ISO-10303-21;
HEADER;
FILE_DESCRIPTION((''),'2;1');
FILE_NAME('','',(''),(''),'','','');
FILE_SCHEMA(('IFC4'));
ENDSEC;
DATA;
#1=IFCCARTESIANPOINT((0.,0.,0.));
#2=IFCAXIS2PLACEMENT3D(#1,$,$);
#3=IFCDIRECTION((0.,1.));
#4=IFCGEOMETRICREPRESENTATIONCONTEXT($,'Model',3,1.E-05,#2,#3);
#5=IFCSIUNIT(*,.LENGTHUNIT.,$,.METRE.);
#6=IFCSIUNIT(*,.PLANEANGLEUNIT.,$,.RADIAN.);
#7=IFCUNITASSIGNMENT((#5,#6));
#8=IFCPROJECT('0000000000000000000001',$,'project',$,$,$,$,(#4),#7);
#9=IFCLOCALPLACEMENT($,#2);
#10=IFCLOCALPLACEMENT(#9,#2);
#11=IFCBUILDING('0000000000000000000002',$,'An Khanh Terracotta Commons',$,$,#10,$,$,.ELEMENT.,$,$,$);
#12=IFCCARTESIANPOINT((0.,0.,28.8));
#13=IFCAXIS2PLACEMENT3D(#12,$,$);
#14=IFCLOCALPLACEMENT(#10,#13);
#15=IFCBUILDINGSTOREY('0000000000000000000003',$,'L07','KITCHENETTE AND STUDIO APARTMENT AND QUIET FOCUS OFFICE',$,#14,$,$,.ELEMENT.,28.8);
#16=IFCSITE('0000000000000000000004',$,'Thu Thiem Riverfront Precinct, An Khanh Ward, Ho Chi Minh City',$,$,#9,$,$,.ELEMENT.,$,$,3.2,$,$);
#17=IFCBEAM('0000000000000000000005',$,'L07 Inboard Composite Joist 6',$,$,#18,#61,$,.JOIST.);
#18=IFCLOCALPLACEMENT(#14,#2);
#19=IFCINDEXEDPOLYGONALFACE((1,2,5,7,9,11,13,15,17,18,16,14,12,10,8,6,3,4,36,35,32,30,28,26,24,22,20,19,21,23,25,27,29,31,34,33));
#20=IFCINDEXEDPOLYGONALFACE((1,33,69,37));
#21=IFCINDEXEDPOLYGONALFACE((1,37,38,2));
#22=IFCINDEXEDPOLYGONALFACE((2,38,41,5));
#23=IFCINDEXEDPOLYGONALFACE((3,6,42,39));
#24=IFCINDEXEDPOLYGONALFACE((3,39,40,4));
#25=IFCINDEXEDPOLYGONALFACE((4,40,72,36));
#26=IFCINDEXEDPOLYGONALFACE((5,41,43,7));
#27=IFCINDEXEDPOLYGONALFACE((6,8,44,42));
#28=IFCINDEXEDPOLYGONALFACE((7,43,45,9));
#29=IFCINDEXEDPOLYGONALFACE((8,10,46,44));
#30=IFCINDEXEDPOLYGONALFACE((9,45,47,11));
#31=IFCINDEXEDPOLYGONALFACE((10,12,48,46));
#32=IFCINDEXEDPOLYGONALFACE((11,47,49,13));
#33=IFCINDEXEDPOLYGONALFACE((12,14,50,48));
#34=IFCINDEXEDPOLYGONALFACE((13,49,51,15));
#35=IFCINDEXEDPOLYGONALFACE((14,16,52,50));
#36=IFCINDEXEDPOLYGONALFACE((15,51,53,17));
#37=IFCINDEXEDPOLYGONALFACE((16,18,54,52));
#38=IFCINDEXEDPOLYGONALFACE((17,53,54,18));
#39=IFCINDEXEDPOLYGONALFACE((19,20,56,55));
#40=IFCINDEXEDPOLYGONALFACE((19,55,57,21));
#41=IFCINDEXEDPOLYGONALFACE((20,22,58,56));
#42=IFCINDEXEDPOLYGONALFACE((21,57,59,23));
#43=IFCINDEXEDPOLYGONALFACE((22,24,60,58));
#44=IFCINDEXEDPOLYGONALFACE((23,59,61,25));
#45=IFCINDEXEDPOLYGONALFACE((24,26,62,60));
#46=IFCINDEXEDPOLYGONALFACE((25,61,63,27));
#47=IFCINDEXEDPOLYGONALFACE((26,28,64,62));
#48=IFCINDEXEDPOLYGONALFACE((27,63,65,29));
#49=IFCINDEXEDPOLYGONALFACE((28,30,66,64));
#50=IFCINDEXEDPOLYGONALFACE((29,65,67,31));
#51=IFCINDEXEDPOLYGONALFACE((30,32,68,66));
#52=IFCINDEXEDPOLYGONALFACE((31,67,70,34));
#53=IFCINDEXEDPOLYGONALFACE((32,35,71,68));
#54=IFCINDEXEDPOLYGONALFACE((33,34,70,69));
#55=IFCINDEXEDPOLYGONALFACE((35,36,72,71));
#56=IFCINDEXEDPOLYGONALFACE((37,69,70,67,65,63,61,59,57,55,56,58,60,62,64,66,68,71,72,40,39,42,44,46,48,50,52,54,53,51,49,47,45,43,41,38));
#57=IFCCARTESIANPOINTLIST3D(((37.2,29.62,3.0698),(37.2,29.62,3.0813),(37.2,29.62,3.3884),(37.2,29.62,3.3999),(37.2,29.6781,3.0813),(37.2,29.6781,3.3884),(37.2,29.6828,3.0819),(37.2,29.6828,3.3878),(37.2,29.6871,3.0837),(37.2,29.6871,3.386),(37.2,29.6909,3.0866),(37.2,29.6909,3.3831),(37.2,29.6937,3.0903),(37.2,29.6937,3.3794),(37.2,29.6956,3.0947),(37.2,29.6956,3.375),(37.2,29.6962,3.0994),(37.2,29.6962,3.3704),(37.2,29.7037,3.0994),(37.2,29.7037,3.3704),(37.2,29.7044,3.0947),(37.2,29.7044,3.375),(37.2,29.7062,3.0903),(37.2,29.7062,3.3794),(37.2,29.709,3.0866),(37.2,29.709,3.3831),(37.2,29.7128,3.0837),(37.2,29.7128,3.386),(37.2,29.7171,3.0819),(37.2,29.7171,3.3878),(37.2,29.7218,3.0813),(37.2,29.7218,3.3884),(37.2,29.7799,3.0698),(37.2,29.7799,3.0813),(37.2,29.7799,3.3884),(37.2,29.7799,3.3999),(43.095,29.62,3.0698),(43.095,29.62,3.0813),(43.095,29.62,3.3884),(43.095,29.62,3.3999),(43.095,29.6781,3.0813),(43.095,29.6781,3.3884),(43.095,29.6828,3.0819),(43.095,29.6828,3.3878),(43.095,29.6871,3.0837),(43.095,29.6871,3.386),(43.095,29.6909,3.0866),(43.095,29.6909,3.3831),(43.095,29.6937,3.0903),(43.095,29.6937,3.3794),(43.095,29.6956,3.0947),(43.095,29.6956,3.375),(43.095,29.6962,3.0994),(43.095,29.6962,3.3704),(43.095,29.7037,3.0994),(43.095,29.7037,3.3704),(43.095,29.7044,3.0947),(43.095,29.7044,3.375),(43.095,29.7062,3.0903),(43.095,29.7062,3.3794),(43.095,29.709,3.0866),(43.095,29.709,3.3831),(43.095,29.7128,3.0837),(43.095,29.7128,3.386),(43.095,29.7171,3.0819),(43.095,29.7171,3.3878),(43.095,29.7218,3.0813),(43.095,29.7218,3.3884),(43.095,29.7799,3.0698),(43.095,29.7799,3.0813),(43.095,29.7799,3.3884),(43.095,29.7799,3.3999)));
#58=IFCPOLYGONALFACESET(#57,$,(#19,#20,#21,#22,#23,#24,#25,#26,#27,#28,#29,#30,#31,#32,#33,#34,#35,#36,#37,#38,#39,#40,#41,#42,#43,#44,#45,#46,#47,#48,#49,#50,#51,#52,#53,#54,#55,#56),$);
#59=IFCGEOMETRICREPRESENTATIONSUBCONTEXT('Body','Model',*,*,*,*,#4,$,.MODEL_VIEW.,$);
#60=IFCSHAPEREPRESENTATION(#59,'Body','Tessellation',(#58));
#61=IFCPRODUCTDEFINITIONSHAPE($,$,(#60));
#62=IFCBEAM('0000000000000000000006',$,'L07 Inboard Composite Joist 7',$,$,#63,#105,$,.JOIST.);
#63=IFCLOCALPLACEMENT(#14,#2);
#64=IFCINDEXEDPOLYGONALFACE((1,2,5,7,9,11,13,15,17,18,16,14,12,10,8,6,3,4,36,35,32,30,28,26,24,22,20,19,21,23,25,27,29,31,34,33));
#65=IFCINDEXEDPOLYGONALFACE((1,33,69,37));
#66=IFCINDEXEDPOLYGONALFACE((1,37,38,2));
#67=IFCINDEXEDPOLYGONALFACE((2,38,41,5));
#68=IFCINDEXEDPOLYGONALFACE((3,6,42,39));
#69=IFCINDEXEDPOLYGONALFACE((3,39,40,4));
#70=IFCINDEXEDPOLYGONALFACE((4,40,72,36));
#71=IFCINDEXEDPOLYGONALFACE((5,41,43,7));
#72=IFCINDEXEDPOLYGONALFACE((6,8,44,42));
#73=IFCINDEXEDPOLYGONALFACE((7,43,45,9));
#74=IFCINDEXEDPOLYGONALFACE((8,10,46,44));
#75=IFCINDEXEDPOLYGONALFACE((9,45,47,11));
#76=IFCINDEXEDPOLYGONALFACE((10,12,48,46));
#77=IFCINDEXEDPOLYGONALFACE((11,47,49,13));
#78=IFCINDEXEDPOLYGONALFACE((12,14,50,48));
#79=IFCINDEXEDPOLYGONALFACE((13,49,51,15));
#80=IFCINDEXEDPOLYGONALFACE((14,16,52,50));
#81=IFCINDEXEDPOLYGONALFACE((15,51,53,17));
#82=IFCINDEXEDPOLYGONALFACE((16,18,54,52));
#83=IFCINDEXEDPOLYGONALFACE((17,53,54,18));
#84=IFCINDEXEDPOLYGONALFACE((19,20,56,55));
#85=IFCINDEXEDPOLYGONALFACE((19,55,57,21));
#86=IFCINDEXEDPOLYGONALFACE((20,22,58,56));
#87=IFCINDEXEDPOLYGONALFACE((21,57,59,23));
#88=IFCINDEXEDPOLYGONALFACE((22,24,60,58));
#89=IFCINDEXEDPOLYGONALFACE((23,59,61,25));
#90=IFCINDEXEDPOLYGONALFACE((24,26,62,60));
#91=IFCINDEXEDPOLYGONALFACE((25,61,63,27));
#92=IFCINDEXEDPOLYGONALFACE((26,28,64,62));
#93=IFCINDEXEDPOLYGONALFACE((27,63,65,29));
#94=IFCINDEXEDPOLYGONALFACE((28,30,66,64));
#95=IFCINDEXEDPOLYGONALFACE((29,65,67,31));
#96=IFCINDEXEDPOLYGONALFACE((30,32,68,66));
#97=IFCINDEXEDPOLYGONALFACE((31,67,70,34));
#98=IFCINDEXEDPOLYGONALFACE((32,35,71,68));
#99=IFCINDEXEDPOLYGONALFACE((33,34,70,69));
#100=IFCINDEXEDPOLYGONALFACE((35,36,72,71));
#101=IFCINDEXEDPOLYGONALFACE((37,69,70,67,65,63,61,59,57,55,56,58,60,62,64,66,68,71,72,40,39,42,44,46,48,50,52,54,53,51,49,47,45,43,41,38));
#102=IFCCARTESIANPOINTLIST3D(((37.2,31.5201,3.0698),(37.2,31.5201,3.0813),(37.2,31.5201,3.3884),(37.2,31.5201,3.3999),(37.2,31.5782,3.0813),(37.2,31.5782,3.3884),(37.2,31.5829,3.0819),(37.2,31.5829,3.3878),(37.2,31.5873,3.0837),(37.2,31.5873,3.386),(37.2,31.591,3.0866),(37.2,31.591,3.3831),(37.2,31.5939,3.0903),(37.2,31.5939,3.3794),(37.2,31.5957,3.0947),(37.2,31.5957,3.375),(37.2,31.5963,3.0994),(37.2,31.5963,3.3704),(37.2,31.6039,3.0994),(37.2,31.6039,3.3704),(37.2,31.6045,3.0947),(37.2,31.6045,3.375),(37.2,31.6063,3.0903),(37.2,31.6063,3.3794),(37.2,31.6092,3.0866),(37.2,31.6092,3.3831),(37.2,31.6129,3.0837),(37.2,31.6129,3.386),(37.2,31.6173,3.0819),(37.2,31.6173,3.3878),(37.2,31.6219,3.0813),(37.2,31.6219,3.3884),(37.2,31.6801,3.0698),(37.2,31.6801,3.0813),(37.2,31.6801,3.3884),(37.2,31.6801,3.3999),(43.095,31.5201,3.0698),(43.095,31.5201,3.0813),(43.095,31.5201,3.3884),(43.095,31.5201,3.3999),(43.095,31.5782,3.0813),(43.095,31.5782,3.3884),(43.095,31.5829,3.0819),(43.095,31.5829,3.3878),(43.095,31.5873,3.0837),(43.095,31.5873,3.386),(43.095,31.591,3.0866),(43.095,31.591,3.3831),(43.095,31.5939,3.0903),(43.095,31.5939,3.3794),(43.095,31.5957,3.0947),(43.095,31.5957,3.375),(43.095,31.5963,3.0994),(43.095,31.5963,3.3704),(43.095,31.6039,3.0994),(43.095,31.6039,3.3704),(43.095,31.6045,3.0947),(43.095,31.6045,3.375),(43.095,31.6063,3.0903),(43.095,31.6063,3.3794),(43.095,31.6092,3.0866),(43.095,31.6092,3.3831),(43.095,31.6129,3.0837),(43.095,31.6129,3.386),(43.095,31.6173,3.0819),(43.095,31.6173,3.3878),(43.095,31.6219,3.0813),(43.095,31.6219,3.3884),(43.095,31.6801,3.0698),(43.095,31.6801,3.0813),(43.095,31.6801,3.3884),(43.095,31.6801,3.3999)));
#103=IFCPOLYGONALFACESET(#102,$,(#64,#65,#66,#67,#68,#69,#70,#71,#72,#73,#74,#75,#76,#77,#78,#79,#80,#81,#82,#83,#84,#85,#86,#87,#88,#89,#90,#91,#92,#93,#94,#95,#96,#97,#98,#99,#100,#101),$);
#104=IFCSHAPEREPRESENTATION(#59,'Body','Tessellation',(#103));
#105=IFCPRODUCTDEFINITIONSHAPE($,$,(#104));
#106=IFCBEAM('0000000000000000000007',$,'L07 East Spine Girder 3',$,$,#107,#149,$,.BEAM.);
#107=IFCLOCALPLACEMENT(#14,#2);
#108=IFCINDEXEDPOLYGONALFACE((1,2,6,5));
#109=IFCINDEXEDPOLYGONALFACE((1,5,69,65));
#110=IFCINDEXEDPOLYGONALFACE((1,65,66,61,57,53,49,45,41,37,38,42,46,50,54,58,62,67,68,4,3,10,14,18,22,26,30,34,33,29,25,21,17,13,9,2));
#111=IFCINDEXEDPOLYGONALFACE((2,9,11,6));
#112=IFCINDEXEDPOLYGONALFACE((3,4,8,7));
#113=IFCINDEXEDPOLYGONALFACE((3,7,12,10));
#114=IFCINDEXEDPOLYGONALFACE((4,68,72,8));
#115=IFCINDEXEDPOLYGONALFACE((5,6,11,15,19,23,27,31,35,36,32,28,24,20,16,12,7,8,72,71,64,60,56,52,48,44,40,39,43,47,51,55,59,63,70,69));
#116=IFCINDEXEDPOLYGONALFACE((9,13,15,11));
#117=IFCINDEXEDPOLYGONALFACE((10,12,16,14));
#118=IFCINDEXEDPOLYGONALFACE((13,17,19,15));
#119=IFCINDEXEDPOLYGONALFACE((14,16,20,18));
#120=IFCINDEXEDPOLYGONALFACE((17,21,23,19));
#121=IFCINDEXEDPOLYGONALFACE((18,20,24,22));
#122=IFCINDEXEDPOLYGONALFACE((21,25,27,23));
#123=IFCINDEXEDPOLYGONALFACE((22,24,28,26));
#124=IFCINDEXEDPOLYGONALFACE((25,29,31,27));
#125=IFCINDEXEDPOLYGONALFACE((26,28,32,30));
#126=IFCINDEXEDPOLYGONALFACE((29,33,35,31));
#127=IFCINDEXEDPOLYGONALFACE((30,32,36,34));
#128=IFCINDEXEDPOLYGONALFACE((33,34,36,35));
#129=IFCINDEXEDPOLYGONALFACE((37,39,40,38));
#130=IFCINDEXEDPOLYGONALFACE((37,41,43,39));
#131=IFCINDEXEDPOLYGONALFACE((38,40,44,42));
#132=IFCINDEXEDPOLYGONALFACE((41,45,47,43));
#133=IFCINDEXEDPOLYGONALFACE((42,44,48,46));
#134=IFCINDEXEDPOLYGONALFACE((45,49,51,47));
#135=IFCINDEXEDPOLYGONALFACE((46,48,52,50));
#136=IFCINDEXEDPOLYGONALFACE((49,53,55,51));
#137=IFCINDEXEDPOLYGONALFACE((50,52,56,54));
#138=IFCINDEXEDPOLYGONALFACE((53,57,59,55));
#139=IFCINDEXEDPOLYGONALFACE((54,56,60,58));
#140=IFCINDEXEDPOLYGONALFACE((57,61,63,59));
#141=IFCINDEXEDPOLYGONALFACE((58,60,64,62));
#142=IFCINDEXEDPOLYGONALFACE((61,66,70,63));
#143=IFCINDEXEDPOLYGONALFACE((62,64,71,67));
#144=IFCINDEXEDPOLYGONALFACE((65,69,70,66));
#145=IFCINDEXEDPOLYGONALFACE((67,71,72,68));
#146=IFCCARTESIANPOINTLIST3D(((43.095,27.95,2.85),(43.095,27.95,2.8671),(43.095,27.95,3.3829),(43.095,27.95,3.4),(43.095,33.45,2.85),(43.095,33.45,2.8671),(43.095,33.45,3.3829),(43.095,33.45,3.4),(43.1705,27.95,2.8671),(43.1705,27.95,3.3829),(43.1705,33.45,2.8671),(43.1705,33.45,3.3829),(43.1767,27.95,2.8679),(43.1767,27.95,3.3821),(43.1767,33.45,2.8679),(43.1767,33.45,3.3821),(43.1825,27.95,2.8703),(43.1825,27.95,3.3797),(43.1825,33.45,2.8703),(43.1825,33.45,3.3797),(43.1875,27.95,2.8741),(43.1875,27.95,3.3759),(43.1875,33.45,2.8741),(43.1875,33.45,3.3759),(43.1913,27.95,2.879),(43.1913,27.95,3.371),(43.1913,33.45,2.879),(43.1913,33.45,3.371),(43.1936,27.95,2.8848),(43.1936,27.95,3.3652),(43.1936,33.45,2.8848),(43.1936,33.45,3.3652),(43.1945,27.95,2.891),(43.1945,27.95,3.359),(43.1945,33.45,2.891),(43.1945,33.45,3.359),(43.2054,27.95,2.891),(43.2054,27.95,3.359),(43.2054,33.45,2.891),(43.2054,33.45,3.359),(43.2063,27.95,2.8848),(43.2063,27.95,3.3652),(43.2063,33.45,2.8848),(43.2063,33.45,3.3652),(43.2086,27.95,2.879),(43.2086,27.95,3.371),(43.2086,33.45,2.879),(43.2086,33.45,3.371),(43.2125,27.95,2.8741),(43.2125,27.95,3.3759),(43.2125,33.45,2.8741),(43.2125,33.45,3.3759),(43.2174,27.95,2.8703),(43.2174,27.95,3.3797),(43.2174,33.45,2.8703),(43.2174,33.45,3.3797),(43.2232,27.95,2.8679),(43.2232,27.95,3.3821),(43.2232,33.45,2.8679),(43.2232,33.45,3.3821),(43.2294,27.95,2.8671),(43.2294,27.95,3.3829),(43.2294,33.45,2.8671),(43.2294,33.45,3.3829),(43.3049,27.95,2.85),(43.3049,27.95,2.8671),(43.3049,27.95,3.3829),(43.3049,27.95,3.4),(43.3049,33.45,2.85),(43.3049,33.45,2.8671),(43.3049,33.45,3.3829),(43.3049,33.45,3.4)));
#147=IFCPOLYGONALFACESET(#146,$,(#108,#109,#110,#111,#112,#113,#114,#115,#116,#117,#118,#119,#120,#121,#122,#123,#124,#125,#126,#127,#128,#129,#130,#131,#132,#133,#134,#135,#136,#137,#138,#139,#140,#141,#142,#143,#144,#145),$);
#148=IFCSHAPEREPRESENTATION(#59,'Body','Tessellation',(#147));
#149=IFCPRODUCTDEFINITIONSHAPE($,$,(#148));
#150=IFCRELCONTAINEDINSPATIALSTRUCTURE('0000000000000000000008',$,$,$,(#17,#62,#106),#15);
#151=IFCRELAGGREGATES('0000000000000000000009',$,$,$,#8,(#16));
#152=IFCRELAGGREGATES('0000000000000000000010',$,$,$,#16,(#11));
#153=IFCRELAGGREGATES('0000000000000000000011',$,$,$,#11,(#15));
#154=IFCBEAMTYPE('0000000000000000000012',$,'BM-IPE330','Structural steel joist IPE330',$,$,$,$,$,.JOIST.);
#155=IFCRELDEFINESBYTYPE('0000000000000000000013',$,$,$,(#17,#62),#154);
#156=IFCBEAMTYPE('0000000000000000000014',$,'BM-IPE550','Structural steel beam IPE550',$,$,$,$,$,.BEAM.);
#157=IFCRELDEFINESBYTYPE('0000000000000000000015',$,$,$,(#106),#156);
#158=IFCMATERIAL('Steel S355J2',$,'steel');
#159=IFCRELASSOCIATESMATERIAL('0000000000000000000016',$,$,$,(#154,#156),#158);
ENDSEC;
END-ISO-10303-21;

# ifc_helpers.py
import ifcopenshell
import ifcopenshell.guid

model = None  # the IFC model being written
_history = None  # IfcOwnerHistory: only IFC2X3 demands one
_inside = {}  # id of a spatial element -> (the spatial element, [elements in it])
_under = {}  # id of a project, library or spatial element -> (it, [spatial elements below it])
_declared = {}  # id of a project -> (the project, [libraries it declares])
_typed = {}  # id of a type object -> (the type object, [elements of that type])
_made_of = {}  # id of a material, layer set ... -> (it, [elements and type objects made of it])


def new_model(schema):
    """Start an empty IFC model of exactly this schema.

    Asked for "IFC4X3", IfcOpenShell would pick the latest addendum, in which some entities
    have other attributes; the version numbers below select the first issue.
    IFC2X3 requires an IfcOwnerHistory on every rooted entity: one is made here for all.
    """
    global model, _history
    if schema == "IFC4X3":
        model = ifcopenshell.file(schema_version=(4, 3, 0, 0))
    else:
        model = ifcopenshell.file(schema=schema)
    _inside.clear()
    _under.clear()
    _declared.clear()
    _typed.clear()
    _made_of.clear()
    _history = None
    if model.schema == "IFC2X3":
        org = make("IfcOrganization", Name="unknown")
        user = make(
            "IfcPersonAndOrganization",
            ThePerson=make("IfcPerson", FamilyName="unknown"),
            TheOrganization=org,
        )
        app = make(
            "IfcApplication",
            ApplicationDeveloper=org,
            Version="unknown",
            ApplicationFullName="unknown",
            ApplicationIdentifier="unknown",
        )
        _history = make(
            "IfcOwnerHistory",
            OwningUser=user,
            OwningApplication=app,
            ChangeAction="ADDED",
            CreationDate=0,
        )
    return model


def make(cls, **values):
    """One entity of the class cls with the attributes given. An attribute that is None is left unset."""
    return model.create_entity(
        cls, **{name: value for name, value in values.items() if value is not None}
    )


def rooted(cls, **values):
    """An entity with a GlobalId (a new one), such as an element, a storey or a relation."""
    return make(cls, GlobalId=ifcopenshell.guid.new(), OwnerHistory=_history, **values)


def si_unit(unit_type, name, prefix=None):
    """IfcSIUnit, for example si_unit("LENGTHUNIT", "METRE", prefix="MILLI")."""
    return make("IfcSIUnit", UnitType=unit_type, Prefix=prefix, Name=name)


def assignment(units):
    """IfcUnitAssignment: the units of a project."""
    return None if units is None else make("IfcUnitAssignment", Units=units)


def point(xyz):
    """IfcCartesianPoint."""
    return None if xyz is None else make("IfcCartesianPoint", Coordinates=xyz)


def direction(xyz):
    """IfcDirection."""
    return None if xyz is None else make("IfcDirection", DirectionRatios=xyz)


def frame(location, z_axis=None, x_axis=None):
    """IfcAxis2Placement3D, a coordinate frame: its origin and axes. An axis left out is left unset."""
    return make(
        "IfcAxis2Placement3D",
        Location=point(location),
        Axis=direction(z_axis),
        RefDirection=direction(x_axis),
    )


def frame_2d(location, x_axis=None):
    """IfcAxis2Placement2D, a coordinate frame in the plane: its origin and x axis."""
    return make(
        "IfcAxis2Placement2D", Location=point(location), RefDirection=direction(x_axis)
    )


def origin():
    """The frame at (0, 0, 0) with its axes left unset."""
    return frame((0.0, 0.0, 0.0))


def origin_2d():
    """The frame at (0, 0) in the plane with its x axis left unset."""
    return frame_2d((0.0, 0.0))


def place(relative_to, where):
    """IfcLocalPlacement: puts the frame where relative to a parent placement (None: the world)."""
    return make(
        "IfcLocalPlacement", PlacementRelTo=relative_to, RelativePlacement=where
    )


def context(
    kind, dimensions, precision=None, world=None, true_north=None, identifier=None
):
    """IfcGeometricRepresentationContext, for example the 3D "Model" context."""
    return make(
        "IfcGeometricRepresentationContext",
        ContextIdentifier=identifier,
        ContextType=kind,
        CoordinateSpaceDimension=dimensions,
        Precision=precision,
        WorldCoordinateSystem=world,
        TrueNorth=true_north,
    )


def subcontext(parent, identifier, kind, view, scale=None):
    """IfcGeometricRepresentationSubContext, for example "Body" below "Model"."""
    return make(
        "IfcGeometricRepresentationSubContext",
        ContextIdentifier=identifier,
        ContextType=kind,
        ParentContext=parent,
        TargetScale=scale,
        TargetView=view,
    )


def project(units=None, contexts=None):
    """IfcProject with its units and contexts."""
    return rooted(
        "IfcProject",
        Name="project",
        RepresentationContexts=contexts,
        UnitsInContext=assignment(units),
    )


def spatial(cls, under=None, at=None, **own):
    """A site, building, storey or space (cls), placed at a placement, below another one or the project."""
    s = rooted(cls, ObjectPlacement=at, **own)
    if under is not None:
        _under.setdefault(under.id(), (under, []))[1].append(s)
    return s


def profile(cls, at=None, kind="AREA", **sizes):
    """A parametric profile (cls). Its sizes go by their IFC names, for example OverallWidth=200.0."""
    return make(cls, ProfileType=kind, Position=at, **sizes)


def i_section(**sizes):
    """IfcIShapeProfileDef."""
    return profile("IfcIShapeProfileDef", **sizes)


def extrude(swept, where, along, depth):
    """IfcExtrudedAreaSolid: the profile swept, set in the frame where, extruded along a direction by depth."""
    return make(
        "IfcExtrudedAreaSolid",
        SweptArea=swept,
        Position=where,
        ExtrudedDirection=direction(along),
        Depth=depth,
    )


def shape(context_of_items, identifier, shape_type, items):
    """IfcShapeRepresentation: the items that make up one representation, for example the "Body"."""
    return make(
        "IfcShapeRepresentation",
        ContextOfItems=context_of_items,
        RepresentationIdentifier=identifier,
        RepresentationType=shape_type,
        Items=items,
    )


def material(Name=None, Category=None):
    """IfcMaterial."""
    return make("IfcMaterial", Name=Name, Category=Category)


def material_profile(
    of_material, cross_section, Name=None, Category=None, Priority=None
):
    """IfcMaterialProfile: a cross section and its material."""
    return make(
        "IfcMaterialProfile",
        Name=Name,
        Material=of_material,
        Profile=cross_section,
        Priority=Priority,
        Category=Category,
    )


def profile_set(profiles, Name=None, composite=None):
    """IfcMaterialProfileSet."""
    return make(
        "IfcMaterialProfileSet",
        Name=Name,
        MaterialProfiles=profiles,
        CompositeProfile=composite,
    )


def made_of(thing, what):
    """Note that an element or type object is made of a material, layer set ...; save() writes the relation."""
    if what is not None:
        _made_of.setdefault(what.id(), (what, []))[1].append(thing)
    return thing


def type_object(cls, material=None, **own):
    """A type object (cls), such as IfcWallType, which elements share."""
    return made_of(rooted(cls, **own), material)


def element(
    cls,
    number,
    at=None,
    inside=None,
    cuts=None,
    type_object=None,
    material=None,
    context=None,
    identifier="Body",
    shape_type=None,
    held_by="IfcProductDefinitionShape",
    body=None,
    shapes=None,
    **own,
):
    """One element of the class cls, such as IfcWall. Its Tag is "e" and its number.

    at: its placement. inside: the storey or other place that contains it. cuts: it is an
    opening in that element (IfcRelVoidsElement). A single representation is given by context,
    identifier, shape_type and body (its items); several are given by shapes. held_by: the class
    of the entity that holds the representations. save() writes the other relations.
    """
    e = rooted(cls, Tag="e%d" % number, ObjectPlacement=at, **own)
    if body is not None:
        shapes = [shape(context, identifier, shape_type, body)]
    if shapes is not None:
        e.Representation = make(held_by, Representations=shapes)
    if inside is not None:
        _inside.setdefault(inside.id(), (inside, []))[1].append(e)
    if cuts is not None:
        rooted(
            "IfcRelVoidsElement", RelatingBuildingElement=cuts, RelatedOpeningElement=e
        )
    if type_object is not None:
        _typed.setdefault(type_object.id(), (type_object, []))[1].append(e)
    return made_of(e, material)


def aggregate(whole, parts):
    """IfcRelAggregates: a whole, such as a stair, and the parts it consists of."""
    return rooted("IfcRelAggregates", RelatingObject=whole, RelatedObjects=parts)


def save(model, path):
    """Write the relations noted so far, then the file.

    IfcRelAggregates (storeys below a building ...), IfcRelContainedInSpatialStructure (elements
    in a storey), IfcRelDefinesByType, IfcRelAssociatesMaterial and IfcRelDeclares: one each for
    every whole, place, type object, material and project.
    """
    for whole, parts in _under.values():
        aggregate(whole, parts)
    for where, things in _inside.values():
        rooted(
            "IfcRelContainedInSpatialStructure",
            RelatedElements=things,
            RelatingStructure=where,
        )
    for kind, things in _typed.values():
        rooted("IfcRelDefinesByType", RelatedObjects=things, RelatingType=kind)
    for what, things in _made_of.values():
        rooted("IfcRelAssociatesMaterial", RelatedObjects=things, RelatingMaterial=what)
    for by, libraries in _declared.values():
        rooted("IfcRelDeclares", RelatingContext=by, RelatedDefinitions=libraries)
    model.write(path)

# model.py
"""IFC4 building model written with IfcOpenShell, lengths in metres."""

from ifc_helpers import new_model, si_unit, direction, frame, origin, origin_2d, place, context, subcontext, project, spatial, i_section, extrude, material, material_profile, profile_set, type_object, element, save


model = new_model("IFC4")

# Units and contexts
model_context = context("Model", 3, precision=1e-05, world=origin(), true_north=direction((0.0, 1.0)))
body_context = subcontext(model_context, "Body", "Model", "MODEL_VIEW")
ifc_project = project(units=[si_unit("LENGTHUNIT", "METRE"), si_unit("PLANEANGLEUNIT", "RADIAN")], contexts=[model_context])

# Site, building, storey
site_placement = place(None, origin())
site = spatial("IfcSite", under=ifc_project, at=site_placement, Name="Thu Thiem Riverfront Precinct, An Khanh Ward, Ho Chi Minh City", CompositionType="ELEMENT", RefElevation=3.2)
building_placement = place(site_placement, origin())
building = spatial("IfcBuilding", under=site, at=building_placement, Name="An Khanh Terracotta Commons", CompositionType="ELEMENT")
storey_placement = place(building_placement, frame((0.0, 0.0, 28.8)))
storey = spatial("IfcBuildingStorey", under=building, at=storey_placement, Name="L07", Description="KITCHENETTE AND STUDIO APARTMENT AND QUIET FOCUS OFFICE", CompositionType="ELEMENT", Elevation=28.8)

# Beams
ifc_material_1 = material(Name="Steel S355J2", Category="steel")
ifc_material_profile_1 = material_profile(ifc_material_1, i_section(OverallWidth=0.1599, OverallDepth=0.3301, WebThickness=0.0076, FlangeThickness=0.0115, FilletRadius=0.0181, at=origin_2d()), Name="IPE330")
ifc_profile_set_1 = profile_set([ifc_material_profile_1], Name="Steel S355J2")
beam_type_1 = type_object("IfcBeamType", Name="BM-IPE330", Description="Structural steel joist IPE330", PredefinedType="JOIST", material=ifc_profile_set_1)
for number, where, z_axis, x_axis, name in (
    (1, (37.2, 29.7, 3.2349), (1.0, 0.0, 0.0), (0.0, 1.0, 0.0), "L07 Inboard Composite Joist 6"),
    (2, (37.2, 31.6001, 3.2349), (1.0, 0.0, 0.0), (0.0, 1.0, 0.0), "L07 Inboard Composite Joist 7"),
):
    element("IfcBeam", number, at=place(storey_placement, frame(where, z_axis=z_axis, x_axis=x_axis)), inside=storey, type_object=beam_type_1, Name=name, PredefinedType="JOIST", context=body_context, shape_type="SweptSolid", body=[
        extrude(i_section(OverallWidth=0.1599, OverallDepth=0.3301, WebThickness=0.0076, FlangeThickness=0.0115, FilletRadius=0.0181, at=origin_2d()), origin(), (0.0, 0.0, 1.0), 5.895),
    ])
ifc_material_profile_2 = material_profile(ifc_material_1, i_section(OverallWidth=0.21, OverallDepth=0.55, WebThickness=0.011, FlangeThickness=0.0171, FilletRadius=0.0239, at=origin_2d()), Name="IPE550")
ifc_profile_set_2 = profile_set([ifc_material_profile_2], Name="Steel S355J2")
beam_type_2 = type_object("IfcBeamType", Name="BM-IPE550", Description="Structural steel beam IPE550", PredefinedType="BEAM", material=ifc_profile_set_2)
beam_1_placement = place(storey_placement, frame((43.2, 27.95, 3.125), z_axis=(0.0, 1.0, 0.0), x_axis=(-1.0, 0.0, 0.0)))
element("IfcBeam", 3, at=beam_1_placement, inside=storey, type_object=beam_type_2, Name="L07 East Spine Girder 3", PredefinedType="BEAM", context=body_context, shape_type="SweptSolid", body=[
    extrude(i_section(OverallWidth=0.21, OverallDepth=0.55, WebThickness=0.011, FlangeThickness=0.0171, FilletRadius=0.0239, at=origin_2d()), origin(), (0.0, 0.0, 1.0), 5.5),
])

save(model, "model.ifc")
